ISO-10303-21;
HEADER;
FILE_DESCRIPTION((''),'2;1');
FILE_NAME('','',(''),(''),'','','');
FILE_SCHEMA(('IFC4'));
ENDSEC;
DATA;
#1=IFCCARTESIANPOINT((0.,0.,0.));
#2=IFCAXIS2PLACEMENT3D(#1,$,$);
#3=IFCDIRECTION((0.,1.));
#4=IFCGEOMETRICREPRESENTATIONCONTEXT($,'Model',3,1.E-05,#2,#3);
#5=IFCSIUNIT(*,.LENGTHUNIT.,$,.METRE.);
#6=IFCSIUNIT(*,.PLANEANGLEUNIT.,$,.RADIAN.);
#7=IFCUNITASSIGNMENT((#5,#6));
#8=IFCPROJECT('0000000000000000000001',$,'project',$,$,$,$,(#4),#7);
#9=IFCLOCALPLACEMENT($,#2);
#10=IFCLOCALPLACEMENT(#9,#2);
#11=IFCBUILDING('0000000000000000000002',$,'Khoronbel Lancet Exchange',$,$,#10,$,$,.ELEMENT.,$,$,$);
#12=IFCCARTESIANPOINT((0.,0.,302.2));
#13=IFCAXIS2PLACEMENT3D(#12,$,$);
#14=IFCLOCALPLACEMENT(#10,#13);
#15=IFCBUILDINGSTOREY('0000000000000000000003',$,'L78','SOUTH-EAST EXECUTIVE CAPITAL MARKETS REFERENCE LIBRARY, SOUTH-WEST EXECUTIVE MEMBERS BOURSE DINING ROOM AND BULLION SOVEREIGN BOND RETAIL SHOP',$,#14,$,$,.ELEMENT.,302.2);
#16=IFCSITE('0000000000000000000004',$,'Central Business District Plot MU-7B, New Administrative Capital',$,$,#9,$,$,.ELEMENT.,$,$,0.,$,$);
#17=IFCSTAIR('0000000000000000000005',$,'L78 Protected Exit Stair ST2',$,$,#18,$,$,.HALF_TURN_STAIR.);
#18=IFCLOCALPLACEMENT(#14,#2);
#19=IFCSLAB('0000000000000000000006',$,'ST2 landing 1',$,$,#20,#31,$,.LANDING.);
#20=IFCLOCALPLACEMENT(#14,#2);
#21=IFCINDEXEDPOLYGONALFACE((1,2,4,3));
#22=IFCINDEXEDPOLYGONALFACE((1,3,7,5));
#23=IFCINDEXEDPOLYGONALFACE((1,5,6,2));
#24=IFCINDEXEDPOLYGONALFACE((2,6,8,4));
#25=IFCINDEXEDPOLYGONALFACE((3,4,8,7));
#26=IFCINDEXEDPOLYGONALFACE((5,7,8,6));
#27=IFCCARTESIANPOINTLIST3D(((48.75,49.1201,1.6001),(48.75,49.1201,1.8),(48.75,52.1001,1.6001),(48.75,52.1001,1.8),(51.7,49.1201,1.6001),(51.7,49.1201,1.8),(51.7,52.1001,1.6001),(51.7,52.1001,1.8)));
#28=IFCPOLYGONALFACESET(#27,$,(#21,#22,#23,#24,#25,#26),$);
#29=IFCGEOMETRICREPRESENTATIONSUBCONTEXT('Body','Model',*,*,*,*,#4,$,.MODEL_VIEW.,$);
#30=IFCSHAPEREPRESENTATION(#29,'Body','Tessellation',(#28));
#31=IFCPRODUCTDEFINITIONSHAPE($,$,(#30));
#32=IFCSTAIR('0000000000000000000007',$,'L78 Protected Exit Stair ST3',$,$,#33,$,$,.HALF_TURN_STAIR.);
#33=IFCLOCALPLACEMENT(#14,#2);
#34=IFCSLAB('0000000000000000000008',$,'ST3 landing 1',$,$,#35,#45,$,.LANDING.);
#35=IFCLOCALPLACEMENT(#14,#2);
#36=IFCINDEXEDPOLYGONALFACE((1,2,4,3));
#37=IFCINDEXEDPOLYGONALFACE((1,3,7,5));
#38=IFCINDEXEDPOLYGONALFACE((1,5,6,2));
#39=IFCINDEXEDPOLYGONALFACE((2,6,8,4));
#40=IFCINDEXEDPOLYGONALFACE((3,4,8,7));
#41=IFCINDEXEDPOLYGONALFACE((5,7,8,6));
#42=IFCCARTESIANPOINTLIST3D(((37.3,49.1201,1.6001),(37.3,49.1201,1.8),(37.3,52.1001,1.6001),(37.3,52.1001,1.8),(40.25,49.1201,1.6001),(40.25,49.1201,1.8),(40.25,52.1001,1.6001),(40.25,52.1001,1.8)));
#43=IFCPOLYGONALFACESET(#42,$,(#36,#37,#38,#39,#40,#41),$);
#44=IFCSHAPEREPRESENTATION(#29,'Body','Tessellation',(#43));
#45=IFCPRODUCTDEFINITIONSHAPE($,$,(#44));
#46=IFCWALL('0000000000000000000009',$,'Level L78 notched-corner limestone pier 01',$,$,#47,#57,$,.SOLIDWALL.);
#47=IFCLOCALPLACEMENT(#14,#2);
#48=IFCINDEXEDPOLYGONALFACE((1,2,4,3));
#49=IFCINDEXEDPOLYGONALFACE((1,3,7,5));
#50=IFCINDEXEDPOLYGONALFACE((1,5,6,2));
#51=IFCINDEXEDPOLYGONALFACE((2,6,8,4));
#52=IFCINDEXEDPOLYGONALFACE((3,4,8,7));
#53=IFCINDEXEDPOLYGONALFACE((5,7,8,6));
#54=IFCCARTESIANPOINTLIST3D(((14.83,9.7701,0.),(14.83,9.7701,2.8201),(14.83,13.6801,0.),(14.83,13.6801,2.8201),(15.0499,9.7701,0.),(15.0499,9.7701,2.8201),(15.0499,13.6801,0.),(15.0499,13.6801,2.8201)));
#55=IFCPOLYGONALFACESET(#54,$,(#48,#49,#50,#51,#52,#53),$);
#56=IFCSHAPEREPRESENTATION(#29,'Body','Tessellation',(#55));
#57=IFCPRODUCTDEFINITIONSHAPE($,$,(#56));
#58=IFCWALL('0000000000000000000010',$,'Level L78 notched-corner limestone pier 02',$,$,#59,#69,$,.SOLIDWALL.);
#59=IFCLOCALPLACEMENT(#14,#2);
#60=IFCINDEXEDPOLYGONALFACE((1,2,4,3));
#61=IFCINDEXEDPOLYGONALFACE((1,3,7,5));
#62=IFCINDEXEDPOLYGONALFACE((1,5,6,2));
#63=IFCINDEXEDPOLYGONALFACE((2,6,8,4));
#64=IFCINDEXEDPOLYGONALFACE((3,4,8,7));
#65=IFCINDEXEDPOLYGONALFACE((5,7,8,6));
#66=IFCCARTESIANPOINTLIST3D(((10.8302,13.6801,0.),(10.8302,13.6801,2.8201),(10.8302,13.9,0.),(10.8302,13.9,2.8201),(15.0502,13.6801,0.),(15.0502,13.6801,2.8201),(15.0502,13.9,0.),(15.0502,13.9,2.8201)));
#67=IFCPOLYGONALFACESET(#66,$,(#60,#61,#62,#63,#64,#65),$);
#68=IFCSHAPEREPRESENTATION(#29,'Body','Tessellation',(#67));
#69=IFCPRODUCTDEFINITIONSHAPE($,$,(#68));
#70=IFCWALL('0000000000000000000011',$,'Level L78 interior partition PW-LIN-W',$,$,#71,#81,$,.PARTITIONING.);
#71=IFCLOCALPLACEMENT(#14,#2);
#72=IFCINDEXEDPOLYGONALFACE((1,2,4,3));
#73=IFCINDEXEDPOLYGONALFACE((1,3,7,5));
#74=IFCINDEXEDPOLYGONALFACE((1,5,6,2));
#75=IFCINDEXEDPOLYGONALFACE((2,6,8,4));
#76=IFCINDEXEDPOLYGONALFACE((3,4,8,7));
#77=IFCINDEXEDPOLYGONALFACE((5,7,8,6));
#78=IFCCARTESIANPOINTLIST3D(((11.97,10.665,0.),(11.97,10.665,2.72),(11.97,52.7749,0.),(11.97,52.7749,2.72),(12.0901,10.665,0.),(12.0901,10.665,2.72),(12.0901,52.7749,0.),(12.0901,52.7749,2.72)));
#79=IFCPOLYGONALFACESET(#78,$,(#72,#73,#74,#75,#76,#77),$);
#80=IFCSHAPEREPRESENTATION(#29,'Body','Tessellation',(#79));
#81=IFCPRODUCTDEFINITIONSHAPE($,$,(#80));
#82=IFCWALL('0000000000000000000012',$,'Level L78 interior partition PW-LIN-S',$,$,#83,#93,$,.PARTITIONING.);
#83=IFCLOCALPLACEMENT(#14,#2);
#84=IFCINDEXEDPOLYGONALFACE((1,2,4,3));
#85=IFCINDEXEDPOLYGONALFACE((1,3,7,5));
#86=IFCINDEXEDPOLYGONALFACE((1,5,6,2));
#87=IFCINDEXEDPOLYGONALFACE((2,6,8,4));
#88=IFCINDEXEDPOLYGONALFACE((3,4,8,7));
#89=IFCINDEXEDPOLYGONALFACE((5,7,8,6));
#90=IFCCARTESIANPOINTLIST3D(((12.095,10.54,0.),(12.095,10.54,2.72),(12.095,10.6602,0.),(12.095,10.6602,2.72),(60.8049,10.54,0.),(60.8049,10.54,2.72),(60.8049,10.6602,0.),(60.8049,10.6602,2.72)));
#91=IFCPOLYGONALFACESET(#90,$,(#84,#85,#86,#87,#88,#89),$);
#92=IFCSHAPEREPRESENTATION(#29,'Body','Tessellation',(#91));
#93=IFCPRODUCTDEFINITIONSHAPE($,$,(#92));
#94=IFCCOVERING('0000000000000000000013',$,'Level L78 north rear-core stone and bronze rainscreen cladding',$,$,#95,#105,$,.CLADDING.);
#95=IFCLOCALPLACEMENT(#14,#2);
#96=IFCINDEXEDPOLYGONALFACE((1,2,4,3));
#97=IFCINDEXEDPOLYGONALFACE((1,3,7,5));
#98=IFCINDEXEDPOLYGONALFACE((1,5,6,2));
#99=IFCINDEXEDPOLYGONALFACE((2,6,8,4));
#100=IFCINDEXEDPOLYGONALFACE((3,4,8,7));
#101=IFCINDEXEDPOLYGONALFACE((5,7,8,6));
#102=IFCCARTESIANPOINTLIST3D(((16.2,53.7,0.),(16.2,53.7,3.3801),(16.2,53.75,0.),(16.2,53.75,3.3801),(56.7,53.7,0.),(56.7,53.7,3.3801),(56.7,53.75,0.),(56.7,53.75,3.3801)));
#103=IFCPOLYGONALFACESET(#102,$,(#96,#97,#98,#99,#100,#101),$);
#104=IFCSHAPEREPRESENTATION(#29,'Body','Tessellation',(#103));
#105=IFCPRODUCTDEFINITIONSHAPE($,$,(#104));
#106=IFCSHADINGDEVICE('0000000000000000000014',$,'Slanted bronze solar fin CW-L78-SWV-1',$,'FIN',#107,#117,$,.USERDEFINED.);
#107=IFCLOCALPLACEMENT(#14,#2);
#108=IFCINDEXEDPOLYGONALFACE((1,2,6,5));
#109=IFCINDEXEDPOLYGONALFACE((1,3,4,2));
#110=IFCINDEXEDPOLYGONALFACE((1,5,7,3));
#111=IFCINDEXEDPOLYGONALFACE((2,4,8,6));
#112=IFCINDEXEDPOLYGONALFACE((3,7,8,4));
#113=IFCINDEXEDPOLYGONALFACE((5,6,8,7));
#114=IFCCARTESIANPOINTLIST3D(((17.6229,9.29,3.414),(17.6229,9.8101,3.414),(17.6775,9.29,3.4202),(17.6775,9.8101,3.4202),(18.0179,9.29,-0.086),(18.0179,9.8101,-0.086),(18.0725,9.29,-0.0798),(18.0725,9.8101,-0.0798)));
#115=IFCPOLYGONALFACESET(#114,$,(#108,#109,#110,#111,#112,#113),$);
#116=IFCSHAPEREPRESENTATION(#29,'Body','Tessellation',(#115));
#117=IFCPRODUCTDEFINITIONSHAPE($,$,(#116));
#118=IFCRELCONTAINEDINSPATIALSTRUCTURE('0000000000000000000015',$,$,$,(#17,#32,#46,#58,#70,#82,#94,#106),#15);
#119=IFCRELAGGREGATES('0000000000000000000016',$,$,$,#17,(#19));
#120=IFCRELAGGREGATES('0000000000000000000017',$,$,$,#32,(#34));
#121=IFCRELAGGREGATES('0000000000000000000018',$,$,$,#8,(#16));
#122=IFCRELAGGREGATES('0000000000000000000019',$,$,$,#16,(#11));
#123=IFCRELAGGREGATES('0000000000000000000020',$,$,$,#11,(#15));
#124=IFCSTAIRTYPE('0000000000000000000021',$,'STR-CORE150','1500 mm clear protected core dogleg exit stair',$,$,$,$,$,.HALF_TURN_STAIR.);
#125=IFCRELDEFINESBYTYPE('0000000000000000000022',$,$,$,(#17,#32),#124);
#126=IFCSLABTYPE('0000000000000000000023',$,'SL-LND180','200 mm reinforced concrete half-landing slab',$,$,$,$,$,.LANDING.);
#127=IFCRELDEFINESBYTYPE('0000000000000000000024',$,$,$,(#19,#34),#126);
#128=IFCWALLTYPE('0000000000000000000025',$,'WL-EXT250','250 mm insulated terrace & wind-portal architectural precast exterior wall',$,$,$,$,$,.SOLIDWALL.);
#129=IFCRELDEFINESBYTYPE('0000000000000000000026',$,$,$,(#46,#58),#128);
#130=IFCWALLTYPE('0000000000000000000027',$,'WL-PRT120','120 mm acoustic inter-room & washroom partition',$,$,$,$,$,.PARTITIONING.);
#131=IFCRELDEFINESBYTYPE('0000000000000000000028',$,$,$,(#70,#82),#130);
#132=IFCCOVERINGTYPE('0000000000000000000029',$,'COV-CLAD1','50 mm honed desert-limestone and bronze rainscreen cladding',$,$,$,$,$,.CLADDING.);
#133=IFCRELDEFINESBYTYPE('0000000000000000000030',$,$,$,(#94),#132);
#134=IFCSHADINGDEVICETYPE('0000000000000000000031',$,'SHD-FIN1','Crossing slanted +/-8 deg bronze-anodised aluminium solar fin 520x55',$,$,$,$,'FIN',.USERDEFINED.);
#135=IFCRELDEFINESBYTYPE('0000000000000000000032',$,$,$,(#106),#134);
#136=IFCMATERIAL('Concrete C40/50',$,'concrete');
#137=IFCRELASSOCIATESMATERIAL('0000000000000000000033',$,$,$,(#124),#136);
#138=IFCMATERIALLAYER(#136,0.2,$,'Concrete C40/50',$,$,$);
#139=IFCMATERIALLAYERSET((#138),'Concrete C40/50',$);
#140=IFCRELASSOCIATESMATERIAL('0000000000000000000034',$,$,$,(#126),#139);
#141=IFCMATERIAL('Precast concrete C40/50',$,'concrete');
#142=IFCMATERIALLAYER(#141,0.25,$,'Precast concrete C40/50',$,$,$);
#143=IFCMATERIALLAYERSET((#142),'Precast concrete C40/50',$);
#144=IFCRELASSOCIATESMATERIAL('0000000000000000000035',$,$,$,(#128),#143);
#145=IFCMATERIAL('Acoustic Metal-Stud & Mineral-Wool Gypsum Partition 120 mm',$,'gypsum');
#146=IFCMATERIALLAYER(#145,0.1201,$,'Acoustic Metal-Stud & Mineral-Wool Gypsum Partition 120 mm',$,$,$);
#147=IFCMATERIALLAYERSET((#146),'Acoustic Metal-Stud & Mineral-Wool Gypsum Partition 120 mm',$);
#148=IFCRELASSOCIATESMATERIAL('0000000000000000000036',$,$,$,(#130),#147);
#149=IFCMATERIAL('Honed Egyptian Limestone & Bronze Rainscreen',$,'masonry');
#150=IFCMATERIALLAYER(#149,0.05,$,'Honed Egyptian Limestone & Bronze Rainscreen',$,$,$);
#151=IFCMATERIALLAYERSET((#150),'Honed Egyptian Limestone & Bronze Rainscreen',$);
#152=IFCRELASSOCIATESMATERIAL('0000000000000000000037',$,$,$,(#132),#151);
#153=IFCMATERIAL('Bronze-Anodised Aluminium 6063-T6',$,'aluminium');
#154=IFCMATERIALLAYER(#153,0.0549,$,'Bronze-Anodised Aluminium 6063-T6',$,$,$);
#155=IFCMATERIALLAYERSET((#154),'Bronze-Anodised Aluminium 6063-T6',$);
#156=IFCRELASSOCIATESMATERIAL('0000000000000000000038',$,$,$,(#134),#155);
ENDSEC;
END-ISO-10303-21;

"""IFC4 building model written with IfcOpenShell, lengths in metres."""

from ifc_helpers import new_model, si_unit, direction, frame, frame_2d, origin, place, context, subcontext, project, spatial, polyline, rectangle, outline, extrude, material, layer, layer_set, type_object, element, aggregate, save


model = new_model("IFC4")

# Units and contexts
model_context = context("Model", 3, precision=1e-05, world=origin(), true_north=direction((0.0, 1.0)))
body_context = subcontext(model_context, "Body", "Model", "MODEL_VIEW")
ifc_project = project(units=[si_unit("LENGTHUNIT", "METRE"), si_unit("PLANEANGLEUNIT", "RADIAN")], contexts=[model_context])

# Site, building, storey
site_placement = place(None, origin())
site = spatial("IfcSite", under=ifc_project, at=site_placement, Name="Central Business District Plot MU-7B, New Administrative Capital", CompositionType="ELEMENT", RefElevation=0.0)
building_placement = place(site_placement, origin())
building = spatial("IfcBuilding", under=site, at=building_placement, Name="Khoronbel Lancet Exchange", CompositionType="ELEMENT")
storey_placement = place(building_placement, frame((0.0, 0.0, 302.2)))
storey = spatial("IfcBuildingStorey", under=building, at=storey_placement, Name="L78", Description="SOUTH-EAST EXECUTIVE CAPITAL MARKETS REFERENCE LIBRARY, SOUTH-WEST EXECUTIVE MEMBERS BOURSE DINING ROOM AND BULLION SOVEREIGN BOND RETAIL SHOP", CompositionType="ELEMENT", Elevation=302.2)

# Shared definitions
ifc_material_1 = material(Name="Bronze-Anodised Aluminium 6063-T6", Category="aluminium")

# Shared definitions
ifc_material_2 = material(Name="Concrete C40/50", Category="concrete")

# Stairs, slabs
stair_type = type_object("IfcStairType", Name="STR-CORE150", Description="1500 mm clear protected core dogleg exit stair", PredefinedType="HALF_TURN_STAIR", material=ifc_material_2)
ifc_layer_1 = layer(ifc_material_2, 0.2, Name="Concrete C40/50")
ifc_layer_set_1 = layer_set([ifc_layer_1], Name="Concrete C40/50")
slab_type_1 = type_object("IfcSlabType", Name="SL-LND180", Description="200 mm reinforced concrete half-landing slab", PredefinedType="LANDING", material=ifc_layer_set_1)
stair_1_placement = place(storey_placement, origin())
stair_1 = element("IfcStair", 1, at=stair_1_placement, inside=storey, type_object=stair_type, Name="L78 Protected Exit Stair ST2", PredefinedType="HALF_TURN_STAIR")
slab_1_placement = place(storey_placement, frame((0.0, 0.0, 1.6001)))
slab_1 = element("IfcSlab", 2, at=slab_1_placement, type_object=slab_type_1, Name="ST2 landing 1", PredefinedType="LANDING", context=body_context, shape_type="SweptSolid", body=[
    extrude(outline(polyline([(51.7, 52.1001), (48.75, 52.1001), (48.75, 49.1201), (51.7, 49.1201), (51.7, 52.1001)])), origin(), (0.0, 0.0, 1.0), 0.2),
])
aggregate(stair_1, [slab_1])
stair_2_placement = place(storey_placement, origin())
stair_2 = element("IfcStair", 3, at=stair_2_placement, inside=storey, type_object=stair_type, Name="L78 Protected Exit Stair ST3", PredefinedType="HALF_TURN_STAIR")
slab_2_placement = place(storey_placement, frame((0.0, 0.0, 1.6001)))
slab_2 = element("IfcSlab", 4, at=slab_2_placement, type_object=slab_type_1, Name="ST3 landing 1", PredefinedType="LANDING", context=body_context, shape_type="SweptSolid", body=[
    extrude(outline(polyline([(37.3, 49.1201), (40.25, 49.1201), (40.25, 52.1001), (37.3, 52.1001), (37.3, 49.1201)])), origin(), (0.0, 0.0, 1.0), 0.2),
])
aggregate(stair_2, [slab_2])

# Walls
ifc_material_3 = material(Name="Precast concrete C40/50", Category="concrete")
ifc_layer_2 = layer(ifc_material_3, 0.25, Name="Precast concrete C40/50")
ifc_layer_set_2 = layer_set([ifc_layer_2], Name="Precast concrete C40/50")
wall_type_1 = type_object("IfcWallType", Name="WL-EXT250", Description="250 mm insulated terrace & wind-portal architectural precast exterior wall", PredefinedType="SOLIDWALL", material=ifc_layer_set_2)
wall_1_placement = place(storey_placement, frame((14.9399, 9.77, 0.0), z_axis=(0.0, 0.0, 1.0), x_axis=(0.0, 1.0, 0.0)))
element("IfcWall", 5, at=wall_1_placement, inside=storey, type_object=wall_type_1, Name="Level L78 notched-corner limestone pier 01", PredefinedType="SOLIDWALL", context=body_context, shape_type="SweptSolid", body=[
    extrude(rectangle(XDim=3.9099, YDim=0.22, at=frame_2d((1.9551, 0.0))), origin(), (0.0, 0.0, 1.0), 2.8201),
])
wall_2_placement = place(storey_placement, frame((15.05, 13.79, 0.0), z_axis=(0.0, 0.0, 1.0), x_axis=(-1.0, 0.0, 0.0)))
element("IfcWall", 6, at=wall_2_placement, inside=storey, type_object=wall_type_1, Name="Level L78 notched-corner limestone pier 02", PredefinedType="SOLIDWALL", context=body_context, shape_type="SweptSolid", body=[
    extrude(rectangle(XDim=4.22, YDim=0.22, at=frame_2d((2.1099, 0.0))), origin(), (0.0, 0.0, 1.0), 2.8201),
])
ifc_material_4 = material(Name="Acoustic Metal-Stud & Mineral-Wool Gypsum Partition 120 mm", Category="gypsum")
ifc_layer_3 = layer(ifc_material_4, 0.1201, Name="Acoustic Metal-Stud & Mineral-Wool Gypsum Partition 120 mm")
ifc_layer_set_3 = layer_set([ifc_layer_3], Name="Acoustic Metal-Stud & Mineral-Wool Gypsum Partition 120 mm")
wall_type_2 = type_object("IfcWallType", Name="WL-PRT120", Description="120 mm acoustic inter-room & washroom partition", PredefinedType="PARTITIONING", material=ifc_layer_set_3)
wall_3_placement = place(storey_placement, frame((12.03, 10.665, 0.0), z_axis=(0.0, 0.0, 1.0), x_axis=(0.0, 1.0, 0.0)))
element("IfcWall", 7, at=wall_3_placement, inside=storey, type_object=wall_type_2, Name="Level L78 interior partition PW-LIN-W", PredefinedType="PARTITIONING", context=body_context, shape_type="SweptSolid", body=[
    extrude(rectangle(XDim=42.1099, YDim=0.1201, at=frame_2d((21.0549, 0.0))), origin(), (0.0, 0.0, 1.0), 2.72),
])
wall_4_placement = place(storey_placement, frame((12.095, 10.6001, 0.0), z_axis=(0.0, 0.0, 1.0), x_axis=(1.0, 0.0, 0.0)))
element("IfcWall", 8, at=wall_4_placement, inside=storey, type_object=wall_type_2, Name="Level L78 interior partition PW-LIN-S", PredefinedType="PARTITIONING", context=body_context, shape_type="SweptSolid", body=[
    extrude(rectangle(XDim=48.71, YDim=0.1201, at=frame_2d((24.355, 0.0))), origin(), (0.0, 0.0, 1.0), 2.72),
])

# Covering
ifc_material_5 = material(Name="Honed Egyptian Limestone & Bronze Rainscreen", Category="masonry")
ifc_layer_4 = layer(ifc_material_5, 0.05, Name="Honed Egyptian Limestone & Bronze Rainscreen")
ifc_layer_set_4 = layer_set([ifc_layer_4], Name="Honed Egyptian Limestone & Bronze Rainscreen")
covering_type = type_object("IfcCoveringType", Name="COV-CLAD1", Description="50 mm honed desert-limestone and bronze rainscreen cladding", PredefinedType="CLADDING", material=ifc_layer_set_4)
covering_placement = place(storey_placement, origin())
element("IfcCovering", 9, at=covering_placement, inside=storey, type_object=covering_type, Name="Level L78 north rear-core stone and bronze rainscreen cladding", PredefinedType="CLADDING", context=body_context, shape_type="SweptSolid", body=[
    extrude(outline(polyline([(16.2, 53.7), (56.7, 53.7), (56.7, 53.75), (16.2, 53.75), (16.2, 53.7)])), origin(), (0.0, 0.0, 1.0), 3.3801),
])

# Shading device
ifc_layer_5 = layer(ifc_material_1, 0.0549, Name="Bronze-Anodised Aluminium 6063-T6")
ifc_layer_set_5 = layer_set([ifc_layer_5], Name="Bronze-Anodised Aluminium 6063-T6")
shading_device_type = type_object("IfcShadingDeviceType", Name="SHD-FIN1", Description="Crossing slanted +/-8 deg bronze-anodised aluminium solar fin 520x55", ElementType="FIN", PredefinedType="USERDEFINED", material=ifc_layer_set_5)
shading_device_placement = place(storey_placement, frame((18.0725, 9.8101, -0.0798), z_axis=(0.993691, 0.0, 0.112151), x_axis=(0.0, -1.0, 0.0)))
element("IfcShadingDevice", 10, at=shading_device_placement, inside=storey, type_object=shading_device_type, Name="Slanted bronze solar fin CW-L78-SWV-1", ObjectType="FIN", PredefinedType="USERDEFINED", context=body_context, shape_type="SweptSolid", body=[
    extrude(outline(polyline([(0.0, 0.0), (0.52, 0.0), (0.52, -3.5222), (0.0, -3.5222), (0.0, 0.0)])), origin(), (0.0, 0.0, -1.0), 0.0549),
])

save(model, "model.ifc")
